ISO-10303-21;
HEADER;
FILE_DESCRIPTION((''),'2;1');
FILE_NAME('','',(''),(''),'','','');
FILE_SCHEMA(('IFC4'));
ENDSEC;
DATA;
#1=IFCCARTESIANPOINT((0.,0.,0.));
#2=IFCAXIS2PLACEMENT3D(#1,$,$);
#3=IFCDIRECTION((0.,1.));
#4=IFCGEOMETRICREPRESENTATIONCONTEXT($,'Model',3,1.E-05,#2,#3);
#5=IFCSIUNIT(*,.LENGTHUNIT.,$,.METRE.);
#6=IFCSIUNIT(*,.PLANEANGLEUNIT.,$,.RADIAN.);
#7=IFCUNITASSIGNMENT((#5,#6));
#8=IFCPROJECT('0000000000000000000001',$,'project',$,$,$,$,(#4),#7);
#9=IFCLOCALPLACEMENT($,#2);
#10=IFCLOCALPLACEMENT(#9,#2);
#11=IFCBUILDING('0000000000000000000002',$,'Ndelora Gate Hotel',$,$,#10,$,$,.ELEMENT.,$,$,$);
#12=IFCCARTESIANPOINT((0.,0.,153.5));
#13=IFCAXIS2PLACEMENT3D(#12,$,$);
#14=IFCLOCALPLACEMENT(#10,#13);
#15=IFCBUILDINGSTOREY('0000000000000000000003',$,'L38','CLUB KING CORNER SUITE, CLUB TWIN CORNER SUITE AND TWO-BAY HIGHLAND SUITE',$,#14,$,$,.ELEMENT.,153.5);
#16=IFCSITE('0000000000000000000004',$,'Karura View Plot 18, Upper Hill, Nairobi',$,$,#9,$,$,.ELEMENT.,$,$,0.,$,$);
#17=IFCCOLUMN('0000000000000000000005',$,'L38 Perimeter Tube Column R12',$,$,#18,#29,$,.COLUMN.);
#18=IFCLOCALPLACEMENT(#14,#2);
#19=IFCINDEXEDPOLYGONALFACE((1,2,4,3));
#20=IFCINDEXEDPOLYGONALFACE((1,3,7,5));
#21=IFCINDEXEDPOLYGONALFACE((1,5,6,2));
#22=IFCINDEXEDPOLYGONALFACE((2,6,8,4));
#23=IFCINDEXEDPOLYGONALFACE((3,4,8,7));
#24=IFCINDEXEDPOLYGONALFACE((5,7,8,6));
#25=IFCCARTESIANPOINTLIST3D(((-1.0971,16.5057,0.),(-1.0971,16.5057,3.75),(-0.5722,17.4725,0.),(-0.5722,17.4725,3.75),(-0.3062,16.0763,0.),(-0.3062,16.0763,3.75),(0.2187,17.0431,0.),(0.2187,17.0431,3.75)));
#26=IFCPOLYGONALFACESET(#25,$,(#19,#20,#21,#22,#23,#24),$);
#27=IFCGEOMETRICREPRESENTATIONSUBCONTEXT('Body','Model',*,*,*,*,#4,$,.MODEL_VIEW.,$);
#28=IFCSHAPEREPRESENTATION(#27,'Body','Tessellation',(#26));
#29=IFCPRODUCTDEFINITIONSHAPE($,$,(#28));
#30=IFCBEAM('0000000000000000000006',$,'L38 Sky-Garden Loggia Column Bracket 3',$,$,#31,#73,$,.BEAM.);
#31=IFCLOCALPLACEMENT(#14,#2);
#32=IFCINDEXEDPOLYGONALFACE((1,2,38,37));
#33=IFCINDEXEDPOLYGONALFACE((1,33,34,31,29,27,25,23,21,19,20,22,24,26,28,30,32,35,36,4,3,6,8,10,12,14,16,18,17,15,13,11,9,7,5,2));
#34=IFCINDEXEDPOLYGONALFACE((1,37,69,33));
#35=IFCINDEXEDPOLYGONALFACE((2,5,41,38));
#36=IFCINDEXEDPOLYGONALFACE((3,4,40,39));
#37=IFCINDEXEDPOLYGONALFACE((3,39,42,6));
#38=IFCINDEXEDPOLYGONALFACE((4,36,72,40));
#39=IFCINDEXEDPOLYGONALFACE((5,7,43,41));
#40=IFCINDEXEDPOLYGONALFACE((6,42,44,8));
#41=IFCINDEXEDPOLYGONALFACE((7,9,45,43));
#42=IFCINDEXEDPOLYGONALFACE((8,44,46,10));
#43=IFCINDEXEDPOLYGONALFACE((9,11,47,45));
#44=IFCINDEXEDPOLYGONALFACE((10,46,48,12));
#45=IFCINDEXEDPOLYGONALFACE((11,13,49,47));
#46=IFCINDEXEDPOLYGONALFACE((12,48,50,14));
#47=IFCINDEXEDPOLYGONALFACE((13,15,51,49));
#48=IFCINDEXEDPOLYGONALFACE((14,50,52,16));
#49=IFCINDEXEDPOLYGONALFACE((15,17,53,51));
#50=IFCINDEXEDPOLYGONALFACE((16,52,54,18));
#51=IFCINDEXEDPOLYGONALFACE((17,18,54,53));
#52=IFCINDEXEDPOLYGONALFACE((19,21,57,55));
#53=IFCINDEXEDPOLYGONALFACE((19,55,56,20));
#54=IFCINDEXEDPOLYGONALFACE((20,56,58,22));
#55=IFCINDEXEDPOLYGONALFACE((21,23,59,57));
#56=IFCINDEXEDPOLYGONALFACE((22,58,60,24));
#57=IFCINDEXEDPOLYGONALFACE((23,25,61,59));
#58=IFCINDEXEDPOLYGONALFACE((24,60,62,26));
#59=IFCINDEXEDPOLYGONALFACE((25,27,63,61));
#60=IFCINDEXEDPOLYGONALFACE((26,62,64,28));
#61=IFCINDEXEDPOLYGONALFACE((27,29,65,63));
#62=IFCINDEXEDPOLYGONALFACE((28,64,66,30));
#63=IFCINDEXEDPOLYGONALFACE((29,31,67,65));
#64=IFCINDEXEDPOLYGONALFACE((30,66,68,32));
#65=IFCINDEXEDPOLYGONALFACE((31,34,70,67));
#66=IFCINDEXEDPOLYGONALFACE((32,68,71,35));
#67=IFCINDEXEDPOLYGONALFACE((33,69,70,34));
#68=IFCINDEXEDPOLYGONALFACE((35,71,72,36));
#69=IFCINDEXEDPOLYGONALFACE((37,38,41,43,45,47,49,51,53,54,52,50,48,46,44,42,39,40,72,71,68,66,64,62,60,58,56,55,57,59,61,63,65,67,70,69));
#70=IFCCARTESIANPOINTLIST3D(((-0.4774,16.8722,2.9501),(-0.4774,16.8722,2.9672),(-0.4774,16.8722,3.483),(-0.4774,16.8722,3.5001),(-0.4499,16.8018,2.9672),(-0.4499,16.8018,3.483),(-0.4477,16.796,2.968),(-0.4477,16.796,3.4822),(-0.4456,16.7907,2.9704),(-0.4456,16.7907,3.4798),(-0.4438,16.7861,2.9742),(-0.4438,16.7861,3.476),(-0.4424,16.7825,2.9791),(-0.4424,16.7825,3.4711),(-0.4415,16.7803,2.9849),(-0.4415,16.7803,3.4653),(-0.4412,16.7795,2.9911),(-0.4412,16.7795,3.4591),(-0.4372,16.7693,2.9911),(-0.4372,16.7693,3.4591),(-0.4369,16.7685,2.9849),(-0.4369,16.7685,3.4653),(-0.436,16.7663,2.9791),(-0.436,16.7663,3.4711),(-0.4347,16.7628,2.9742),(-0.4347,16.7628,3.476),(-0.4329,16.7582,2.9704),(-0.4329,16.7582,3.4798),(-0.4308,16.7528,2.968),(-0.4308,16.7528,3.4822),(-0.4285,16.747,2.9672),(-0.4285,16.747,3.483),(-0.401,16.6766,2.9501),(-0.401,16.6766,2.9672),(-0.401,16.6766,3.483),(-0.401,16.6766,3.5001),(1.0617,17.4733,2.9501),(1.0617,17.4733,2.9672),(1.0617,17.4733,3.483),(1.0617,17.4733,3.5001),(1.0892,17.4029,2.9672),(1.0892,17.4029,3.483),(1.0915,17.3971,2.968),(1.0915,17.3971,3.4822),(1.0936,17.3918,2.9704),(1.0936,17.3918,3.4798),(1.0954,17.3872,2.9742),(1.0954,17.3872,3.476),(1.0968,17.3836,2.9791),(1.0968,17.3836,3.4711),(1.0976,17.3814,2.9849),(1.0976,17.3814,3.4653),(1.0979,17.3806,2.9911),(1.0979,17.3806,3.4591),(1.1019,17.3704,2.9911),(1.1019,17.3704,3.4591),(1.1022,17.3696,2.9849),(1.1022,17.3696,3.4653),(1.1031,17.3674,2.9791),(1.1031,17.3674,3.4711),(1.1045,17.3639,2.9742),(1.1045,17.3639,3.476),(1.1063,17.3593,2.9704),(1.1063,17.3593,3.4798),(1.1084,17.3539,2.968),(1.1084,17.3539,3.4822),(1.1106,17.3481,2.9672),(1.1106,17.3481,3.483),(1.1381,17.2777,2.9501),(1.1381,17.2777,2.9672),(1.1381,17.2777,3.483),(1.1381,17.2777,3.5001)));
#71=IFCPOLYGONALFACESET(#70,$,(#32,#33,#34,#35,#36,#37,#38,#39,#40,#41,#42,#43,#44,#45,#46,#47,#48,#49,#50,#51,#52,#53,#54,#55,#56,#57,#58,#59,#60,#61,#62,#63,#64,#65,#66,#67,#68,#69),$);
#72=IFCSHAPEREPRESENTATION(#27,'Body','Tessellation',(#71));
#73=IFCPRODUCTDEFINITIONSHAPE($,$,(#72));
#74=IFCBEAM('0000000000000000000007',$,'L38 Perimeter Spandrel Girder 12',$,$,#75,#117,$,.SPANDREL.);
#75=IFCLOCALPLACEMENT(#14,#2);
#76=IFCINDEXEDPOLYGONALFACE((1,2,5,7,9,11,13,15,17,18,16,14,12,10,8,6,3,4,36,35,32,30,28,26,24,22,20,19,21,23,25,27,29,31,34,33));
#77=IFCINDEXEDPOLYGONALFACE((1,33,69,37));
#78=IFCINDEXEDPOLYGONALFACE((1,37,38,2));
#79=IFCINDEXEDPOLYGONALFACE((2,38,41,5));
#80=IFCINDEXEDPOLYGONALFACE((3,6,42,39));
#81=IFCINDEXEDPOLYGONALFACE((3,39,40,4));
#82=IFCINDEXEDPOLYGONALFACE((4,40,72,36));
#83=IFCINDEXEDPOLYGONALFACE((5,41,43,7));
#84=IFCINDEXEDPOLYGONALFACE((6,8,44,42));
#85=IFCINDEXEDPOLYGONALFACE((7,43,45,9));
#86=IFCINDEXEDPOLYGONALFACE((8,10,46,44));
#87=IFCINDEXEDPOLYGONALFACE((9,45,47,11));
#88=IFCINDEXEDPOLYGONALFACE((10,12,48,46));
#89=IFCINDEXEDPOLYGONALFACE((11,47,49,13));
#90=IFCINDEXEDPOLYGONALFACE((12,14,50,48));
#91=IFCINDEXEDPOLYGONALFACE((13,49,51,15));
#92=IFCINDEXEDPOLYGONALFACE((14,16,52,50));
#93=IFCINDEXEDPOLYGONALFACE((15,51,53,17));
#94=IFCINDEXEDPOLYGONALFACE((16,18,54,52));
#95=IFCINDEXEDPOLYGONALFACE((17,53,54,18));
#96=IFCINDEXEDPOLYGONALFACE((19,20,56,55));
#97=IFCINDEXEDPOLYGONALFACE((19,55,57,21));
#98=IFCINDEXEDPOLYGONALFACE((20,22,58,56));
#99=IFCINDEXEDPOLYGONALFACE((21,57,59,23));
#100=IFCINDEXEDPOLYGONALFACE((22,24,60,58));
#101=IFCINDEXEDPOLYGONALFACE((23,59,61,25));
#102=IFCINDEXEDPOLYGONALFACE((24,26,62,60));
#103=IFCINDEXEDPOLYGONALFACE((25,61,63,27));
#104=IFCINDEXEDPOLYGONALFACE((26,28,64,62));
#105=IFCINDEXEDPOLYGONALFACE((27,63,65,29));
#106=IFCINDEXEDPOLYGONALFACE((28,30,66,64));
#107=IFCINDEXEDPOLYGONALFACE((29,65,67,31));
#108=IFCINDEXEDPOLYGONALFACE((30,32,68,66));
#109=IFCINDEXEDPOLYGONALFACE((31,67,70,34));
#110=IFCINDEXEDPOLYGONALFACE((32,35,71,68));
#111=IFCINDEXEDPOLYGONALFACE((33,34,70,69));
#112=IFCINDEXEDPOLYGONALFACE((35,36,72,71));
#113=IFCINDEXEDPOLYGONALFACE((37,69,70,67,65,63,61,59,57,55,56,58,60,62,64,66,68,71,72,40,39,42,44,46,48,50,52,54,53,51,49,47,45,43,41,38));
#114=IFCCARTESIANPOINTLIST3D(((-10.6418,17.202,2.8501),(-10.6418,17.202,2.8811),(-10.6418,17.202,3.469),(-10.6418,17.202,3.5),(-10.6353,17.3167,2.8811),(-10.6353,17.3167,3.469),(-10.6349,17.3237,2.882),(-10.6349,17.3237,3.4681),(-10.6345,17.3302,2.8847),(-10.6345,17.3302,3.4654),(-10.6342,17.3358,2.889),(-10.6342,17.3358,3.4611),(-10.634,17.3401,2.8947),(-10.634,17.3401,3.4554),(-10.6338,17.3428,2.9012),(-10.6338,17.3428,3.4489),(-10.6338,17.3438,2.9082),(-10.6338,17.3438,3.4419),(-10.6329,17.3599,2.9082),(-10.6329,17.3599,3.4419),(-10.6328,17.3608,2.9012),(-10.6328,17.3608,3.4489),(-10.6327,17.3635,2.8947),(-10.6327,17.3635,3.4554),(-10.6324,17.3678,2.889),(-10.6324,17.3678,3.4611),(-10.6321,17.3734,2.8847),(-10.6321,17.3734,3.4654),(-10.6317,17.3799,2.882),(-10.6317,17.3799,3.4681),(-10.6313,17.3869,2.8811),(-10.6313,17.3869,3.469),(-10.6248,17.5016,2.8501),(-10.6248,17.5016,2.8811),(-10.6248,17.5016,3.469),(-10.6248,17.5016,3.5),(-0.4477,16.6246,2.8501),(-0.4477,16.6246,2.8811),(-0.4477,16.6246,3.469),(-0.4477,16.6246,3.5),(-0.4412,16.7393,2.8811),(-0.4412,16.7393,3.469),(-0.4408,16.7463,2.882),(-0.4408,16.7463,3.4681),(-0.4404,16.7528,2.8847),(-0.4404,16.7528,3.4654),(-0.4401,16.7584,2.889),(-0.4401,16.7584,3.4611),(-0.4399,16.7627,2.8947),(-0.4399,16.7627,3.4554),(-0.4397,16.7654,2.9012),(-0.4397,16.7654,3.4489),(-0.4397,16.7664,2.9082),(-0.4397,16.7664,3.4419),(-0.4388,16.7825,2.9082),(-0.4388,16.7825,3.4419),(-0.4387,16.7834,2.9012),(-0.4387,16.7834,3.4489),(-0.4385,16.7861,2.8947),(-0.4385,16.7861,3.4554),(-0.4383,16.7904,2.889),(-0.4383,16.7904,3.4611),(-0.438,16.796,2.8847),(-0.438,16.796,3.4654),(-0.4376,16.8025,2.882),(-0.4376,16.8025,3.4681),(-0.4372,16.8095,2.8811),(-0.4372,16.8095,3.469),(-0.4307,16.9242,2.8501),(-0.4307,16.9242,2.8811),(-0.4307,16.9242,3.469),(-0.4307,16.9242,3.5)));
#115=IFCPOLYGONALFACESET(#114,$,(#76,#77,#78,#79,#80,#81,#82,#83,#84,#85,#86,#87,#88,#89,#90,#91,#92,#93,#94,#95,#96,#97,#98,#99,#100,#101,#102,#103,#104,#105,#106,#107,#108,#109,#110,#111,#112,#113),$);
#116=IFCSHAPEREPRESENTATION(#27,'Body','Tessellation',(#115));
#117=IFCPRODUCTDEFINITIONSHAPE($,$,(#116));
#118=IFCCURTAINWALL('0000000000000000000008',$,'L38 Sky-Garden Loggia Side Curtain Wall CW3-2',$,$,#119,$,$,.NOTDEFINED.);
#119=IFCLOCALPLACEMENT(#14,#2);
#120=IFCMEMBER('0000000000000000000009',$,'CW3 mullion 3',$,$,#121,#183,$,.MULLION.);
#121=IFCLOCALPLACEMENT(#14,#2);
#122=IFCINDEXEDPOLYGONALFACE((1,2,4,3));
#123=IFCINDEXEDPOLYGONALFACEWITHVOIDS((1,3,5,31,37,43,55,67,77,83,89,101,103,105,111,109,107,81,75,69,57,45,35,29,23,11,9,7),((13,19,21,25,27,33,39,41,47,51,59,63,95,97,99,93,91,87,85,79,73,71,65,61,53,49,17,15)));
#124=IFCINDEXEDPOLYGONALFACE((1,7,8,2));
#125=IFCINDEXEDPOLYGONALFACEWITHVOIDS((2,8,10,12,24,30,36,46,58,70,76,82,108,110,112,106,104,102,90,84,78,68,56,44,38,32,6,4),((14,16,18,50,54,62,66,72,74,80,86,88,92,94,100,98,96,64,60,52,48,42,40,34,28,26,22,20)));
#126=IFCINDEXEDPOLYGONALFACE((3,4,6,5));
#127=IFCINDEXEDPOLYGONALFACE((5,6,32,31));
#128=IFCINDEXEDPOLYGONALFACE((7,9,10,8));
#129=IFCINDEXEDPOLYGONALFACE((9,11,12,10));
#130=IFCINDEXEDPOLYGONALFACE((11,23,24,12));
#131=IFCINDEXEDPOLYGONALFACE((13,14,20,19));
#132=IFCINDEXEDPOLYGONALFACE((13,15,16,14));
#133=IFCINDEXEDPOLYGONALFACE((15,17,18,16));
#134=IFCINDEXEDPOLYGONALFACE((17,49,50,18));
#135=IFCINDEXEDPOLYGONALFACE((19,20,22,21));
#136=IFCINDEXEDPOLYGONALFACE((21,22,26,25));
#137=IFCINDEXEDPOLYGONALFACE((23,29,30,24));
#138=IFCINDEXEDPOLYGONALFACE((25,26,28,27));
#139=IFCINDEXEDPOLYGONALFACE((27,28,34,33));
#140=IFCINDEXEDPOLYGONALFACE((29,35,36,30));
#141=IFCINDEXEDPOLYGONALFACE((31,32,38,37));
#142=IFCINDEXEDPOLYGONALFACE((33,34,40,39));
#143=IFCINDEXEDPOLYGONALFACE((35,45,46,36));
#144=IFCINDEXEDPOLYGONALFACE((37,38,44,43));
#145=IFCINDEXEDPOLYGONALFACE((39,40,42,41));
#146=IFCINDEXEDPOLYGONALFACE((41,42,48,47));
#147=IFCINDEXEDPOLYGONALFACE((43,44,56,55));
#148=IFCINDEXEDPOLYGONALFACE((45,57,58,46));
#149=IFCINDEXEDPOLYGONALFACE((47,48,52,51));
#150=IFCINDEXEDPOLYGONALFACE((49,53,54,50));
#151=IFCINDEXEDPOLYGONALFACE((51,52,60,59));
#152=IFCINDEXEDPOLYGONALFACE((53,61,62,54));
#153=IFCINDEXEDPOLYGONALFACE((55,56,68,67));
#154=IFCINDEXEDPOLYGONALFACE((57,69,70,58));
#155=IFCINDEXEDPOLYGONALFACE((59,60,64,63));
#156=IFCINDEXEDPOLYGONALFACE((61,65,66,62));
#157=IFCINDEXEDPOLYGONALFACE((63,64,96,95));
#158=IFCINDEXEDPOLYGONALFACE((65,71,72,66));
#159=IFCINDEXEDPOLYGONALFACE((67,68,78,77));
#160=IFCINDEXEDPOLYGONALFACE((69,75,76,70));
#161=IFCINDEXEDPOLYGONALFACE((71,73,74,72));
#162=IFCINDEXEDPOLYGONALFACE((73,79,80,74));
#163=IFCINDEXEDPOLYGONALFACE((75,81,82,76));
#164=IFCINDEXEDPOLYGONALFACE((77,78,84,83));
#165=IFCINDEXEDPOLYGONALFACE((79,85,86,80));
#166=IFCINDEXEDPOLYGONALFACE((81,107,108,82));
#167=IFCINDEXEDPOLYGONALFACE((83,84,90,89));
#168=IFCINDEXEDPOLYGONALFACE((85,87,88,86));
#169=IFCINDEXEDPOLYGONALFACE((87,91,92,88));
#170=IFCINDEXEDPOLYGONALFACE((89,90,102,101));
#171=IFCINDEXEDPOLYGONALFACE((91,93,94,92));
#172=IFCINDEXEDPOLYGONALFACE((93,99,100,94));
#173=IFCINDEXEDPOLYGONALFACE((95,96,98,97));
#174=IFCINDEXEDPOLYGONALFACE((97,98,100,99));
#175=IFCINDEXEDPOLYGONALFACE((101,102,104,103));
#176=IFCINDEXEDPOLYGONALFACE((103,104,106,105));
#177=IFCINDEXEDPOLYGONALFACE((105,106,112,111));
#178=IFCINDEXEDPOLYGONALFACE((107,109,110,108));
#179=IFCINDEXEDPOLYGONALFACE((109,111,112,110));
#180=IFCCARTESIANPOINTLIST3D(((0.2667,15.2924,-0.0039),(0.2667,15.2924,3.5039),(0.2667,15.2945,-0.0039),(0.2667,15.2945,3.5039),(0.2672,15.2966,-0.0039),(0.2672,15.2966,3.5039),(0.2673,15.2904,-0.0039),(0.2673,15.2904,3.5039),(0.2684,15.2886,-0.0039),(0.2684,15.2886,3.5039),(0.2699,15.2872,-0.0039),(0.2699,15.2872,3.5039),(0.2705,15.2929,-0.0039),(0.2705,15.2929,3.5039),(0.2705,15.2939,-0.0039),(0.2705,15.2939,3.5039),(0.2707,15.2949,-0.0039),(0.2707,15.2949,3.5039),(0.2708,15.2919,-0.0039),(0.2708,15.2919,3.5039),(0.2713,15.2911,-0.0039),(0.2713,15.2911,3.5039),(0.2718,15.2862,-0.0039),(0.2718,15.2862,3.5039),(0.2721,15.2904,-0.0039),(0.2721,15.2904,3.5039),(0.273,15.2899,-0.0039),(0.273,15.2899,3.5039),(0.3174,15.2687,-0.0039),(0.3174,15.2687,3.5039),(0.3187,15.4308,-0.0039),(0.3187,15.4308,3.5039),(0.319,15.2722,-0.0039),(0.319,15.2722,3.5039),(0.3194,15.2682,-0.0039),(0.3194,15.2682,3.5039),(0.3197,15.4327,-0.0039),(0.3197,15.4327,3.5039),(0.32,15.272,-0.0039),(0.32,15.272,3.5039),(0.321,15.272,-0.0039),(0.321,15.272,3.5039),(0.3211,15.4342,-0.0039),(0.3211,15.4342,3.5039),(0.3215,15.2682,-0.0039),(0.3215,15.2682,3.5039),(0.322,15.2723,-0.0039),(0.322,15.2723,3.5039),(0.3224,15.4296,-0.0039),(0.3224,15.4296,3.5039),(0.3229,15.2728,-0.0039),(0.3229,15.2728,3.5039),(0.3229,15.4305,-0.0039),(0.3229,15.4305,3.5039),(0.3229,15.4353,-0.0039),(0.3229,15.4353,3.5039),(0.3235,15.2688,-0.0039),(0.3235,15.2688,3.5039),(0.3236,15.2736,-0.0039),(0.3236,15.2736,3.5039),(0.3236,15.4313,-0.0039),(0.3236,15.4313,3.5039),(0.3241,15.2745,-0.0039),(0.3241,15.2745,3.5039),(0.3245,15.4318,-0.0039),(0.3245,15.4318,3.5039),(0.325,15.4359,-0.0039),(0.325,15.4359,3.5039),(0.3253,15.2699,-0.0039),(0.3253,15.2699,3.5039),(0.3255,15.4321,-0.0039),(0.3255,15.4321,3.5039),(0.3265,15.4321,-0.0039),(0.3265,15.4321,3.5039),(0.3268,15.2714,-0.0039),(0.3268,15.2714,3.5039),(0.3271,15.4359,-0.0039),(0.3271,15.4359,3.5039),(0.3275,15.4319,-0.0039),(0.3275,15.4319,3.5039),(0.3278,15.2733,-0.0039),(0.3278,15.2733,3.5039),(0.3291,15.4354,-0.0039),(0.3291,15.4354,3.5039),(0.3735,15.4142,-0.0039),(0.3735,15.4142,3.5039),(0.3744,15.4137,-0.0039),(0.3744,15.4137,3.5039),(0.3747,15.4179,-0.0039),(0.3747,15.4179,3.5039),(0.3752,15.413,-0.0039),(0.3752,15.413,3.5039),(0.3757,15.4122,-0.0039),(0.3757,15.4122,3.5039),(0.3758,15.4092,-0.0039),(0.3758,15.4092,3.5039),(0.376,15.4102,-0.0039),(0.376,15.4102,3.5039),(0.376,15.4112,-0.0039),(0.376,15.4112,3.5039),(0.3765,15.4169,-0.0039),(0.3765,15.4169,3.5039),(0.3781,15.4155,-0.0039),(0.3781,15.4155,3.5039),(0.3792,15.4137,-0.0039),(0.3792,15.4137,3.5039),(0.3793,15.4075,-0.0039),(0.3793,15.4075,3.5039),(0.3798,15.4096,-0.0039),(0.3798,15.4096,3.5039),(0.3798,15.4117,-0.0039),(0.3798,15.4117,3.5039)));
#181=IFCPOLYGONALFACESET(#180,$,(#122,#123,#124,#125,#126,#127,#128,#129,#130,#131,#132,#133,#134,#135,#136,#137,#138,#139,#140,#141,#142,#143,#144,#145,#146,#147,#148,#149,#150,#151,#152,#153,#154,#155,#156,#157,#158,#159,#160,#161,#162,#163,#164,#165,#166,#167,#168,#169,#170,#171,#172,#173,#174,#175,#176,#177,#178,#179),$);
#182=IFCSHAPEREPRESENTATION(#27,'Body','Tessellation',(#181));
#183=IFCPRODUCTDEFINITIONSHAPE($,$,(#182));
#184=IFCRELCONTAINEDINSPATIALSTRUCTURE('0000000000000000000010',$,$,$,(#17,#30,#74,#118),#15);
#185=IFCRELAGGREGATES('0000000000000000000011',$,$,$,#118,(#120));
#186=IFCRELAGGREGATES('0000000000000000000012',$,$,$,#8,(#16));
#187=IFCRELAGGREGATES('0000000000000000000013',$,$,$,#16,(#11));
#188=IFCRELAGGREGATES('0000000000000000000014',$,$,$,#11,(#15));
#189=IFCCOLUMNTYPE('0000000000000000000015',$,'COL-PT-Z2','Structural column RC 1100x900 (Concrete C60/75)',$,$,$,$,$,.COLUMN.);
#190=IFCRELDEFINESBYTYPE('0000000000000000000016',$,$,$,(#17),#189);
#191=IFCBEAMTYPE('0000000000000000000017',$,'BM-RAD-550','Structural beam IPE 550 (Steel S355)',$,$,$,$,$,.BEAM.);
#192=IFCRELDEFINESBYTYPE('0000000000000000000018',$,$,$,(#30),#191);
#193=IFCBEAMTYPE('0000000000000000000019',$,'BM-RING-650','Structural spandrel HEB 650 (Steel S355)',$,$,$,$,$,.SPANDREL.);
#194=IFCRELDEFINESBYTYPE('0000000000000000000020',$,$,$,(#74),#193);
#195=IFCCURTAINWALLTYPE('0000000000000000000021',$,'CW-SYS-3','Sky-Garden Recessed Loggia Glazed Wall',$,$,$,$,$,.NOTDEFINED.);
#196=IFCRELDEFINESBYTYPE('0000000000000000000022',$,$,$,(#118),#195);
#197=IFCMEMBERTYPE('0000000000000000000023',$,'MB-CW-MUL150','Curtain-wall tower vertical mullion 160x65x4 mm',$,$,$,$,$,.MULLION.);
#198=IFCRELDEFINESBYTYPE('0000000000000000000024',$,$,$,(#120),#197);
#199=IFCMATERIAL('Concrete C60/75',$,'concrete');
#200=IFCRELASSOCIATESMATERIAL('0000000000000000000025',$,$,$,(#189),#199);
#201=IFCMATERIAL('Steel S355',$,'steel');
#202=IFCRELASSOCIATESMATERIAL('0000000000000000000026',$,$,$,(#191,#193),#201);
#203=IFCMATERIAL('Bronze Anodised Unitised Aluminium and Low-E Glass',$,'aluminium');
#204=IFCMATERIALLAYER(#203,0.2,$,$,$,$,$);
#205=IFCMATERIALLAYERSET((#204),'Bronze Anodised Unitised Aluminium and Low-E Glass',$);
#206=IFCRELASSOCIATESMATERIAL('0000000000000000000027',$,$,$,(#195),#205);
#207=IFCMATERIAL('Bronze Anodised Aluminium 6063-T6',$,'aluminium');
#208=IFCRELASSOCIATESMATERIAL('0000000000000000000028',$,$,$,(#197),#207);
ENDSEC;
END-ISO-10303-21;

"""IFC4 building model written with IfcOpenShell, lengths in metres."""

from ifc_helpers import new_model, si_unit, direction, frame, origin, origin_2d, place, context, subcontext, project, spatial, rectangle, hollow_rectangle, i_section, extrude, material, layer, layer_set, material_profile, profile_set, type_object, element, aggregate, save


model = new_model("IFC4")

# Units and contexts
model_context = context("Model", 3, precision=1e-05, world=origin(), true_north=direction((0.0, 1.0)))
body_context = subcontext(model_context, "Body", "Model", "MODEL_VIEW")
ifc_project = project(units=[si_unit("LENGTHUNIT", "METRE"), si_unit("PLANEANGLEUNIT", "RADIAN")], contexts=[model_context])

# Site, building, storey
site_placement = place(None, origin())
site = spatial("IfcSite", under=ifc_project, at=site_placement, Name="Karura View Plot 18, Upper Hill, Nairobi", CompositionType="ELEMENT", RefElevation=0.0)
building_placement = place(site_placement, origin())
building = spatial("IfcBuilding", under=site, at=building_placement, Name="Ndelora Gate Hotel", CompositionType="ELEMENT")
storey_placement = place(building_placement, frame((0.0, 0.0, 153.5)))
storey = spatial("IfcBuildingStorey", under=building, at=storey_placement, Name="L38", Description="CLUB KING CORNER SUITE, CLUB TWIN CORNER SUITE AND TWO-BAY HIGHLAND SUITE", CompositionType="ELEMENT", Elevation=153.5)

# Column
ifc_material_1 = material(Name="Concrete C60/75", Category="concrete")
ifc_material_profile_1 = material_profile(ifc_material_1, rectangle(XDim=0.8999, YDim=1.1001, at=origin_2d()), Name="RC 1100x900")
ifc_profile_set_1 = profile_set([ifc_material_profile_1], Name="Concrete C60/75")
column_type = type_object("IfcColumnType", Name="COL-PT-Z2", Description="Structural column RC 1100x900 (Concrete C60/75)", PredefinedType="COLUMN", material=ifc_profile_set_1)
column_placement = place(storey_placement, frame((-0.4392, 16.7744, 0.0), z_axis=(0.0, 0.0, 1.0), x_axis=(-0.878817, 0.477159, 0.0)))
element("IfcColumn", 1, at=column_placement, inside=storey, type_object=column_type, Name="L38 Perimeter Tube Column R12", PredefinedType="COLUMN", context=body_context, shape_type="SweptSolid", body=[
    extrude(rectangle(XDim=0.8999, YDim=1.1001, at=origin_2d()), origin(), (0.0, 0.0, 1.0), 3.75),
])

# Beams
ifc_material_2 = material(Name="Steel S355", Category="steel")
ifc_material_profile_2 = material_profile(ifc_material_2, i_section(OverallWidth=0.21, OverallDepth=0.55, WebThickness=0.011, FlangeThickness=0.0171, FilletRadius=0.0239, at=origin_2d()), Name="IPE 550")
ifc_profile_set_2 = profile_set([ifc_material_profile_2], Name="Steel S355")
beam_type_1 = type_object("IfcBeamType", Name="BM-RAD-550", Description="Structural beam IPE 550 (Steel S355)", PredefinedType="BEAM", material=ifc_profile_set_2)
beam_1_placement = place(storey_placement, frame((-0.4392, 16.7744, 3.2251), z_axis=(0.931482, 0.363786, 0.0), x_axis=(-0.363786, 0.931482, 0.0)))
element("IfcBeam", 2, at=beam_1_placement, inside=storey, type_object=beam_type_1, Name="L38 Sky-Garden Loggia Column Bracket 3", PredefinedType="BEAM", context=body_context, shape_type="SweptSolid", body=[
    extrude(i_section(OverallWidth=0.21, OverallDepth=0.55, WebThickness=0.011, FlangeThickness=0.0171, FilletRadius=0.0239, at=origin_2d()), origin(), (0.0, 0.0, 1.0), 1.6523),
])
ifc_material_profile_3 = material_profile(ifc_material_2, i_section(OverallWidth=0.3, OverallDepth=0.6499, WebThickness=0.0161, FlangeThickness=0.031, FilletRadius=0.0271, at=origin_2d()), Name="HEB 650")
ifc_profile_set_3 = profile_set([ifc_material_profile_3], Name="Steel S355")
beam_type_2 = type_object("IfcBeamType", Name="BM-RING-650", Description="Structural spandrel HEB 650 (Steel S355)", PredefinedType="SPANDREL", material=ifc_profile_set_3)
beam_2_placement = place(storey_placement, frame((-0.4392, 16.7744, 3.175), z_axis=(-0.9984, 0.056549, 0.0), x_axis=(-0.056549, -0.9984, 0.0)))
element("IfcBeam", 3, at=beam_2_placement, inside=storey, type_object=beam_type_2, Name="L38 Perimeter Spandrel Girder 12", PredefinedType="SPANDREL", context=body_context, shape_type="SweptSolid", body=[
    extrude(i_section(OverallWidth=0.3, OverallDepth=0.6499, WebThickness=0.0161, FlangeThickness=0.031, FilletRadius=0.0271, at=origin_2d()), origin(), (0.0, 0.0, 1.0), 10.2104),
])

# Curtain wall, member
ifc_material_3 = material(Name="Bronze Anodised Unitised Aluminium and Low-E Glass", Category="aluminium")
ifc_layer_1 = layer(ifc_material_3, 0.2)
ifc_layer_set_1 = layer_set([ifc_layer_1], Name="Bronze Anodised Unitised Aluminium and Low-E Glass")
curtain_wall_type = type_object("IfcCurtainWallType", Name="CW-SYS-3", Description="Sky-Garden Recessed Loggia Glazed Wall", PredefinedType="NOTDEFINED", material=ifc_layer_set_1)
curtain_wall_placement = place(storey_placement, origin())
curtain_wall = element("IfcCurtainWall", 4, at=curtain_wall_placement, inside=storey, type_object=curtain_wall_type, Name="L38 Sky-Garden Loggia Side Curtain Wall CW3-2", PredefinedType="NOTDEFINED")
ifc_material_4 = material(Name="Bronze Anodised Aluminium 6063-T6", Category="aluminium")
ifc_material_profile_4 = material_profile(ifc_material_4, hollow_rectangle(XDim=0.0649, YDim=0.1599, WallThickness=0.0039, InnerFilletRadius=0.0039, OuterFilletRadius=0.0081, at=origin_2d()), Name="ALU 160x65x4")
ifc_profile_set_4 = profile_set([ifc_material_profile_4], Name="Bronze Anodised Aluminium 6063-T6")
member_type = type_object("IfcMemberType", Name="MB-CW-MUL150", Description="Curtain-wall tower vertical mullion 160x65x4 mm", PredefinedType="MULLION", material=ifc_profile_set_4)
member_placement = place(storey_placement, frame((0.3232, 15.3521, -0.0039), z_axis=(0.0, 0.0, 1.0), x_axis=(0.933577, -0.358376, 0.0)))
member = element("IfcMember", 5, at=member_placement, type_object=member_type, Name="CW3 mullion 3", PredefinedType="MULLION", context=body_context, shape_type="SweptSolid", body=[
    extrude(hollow_rectangle(XDim=0.0649, YDim=0.1599, WallThickness=0.0039, InnerFilletRadius=0.0039, OuterFilletRadius=0.0081, at=origin_2d()), origin(), (0.0, 0.0, 1.0), 3.5078),
])
aggregate(curtain_wall, [member])

save(model, "model.ifc")
